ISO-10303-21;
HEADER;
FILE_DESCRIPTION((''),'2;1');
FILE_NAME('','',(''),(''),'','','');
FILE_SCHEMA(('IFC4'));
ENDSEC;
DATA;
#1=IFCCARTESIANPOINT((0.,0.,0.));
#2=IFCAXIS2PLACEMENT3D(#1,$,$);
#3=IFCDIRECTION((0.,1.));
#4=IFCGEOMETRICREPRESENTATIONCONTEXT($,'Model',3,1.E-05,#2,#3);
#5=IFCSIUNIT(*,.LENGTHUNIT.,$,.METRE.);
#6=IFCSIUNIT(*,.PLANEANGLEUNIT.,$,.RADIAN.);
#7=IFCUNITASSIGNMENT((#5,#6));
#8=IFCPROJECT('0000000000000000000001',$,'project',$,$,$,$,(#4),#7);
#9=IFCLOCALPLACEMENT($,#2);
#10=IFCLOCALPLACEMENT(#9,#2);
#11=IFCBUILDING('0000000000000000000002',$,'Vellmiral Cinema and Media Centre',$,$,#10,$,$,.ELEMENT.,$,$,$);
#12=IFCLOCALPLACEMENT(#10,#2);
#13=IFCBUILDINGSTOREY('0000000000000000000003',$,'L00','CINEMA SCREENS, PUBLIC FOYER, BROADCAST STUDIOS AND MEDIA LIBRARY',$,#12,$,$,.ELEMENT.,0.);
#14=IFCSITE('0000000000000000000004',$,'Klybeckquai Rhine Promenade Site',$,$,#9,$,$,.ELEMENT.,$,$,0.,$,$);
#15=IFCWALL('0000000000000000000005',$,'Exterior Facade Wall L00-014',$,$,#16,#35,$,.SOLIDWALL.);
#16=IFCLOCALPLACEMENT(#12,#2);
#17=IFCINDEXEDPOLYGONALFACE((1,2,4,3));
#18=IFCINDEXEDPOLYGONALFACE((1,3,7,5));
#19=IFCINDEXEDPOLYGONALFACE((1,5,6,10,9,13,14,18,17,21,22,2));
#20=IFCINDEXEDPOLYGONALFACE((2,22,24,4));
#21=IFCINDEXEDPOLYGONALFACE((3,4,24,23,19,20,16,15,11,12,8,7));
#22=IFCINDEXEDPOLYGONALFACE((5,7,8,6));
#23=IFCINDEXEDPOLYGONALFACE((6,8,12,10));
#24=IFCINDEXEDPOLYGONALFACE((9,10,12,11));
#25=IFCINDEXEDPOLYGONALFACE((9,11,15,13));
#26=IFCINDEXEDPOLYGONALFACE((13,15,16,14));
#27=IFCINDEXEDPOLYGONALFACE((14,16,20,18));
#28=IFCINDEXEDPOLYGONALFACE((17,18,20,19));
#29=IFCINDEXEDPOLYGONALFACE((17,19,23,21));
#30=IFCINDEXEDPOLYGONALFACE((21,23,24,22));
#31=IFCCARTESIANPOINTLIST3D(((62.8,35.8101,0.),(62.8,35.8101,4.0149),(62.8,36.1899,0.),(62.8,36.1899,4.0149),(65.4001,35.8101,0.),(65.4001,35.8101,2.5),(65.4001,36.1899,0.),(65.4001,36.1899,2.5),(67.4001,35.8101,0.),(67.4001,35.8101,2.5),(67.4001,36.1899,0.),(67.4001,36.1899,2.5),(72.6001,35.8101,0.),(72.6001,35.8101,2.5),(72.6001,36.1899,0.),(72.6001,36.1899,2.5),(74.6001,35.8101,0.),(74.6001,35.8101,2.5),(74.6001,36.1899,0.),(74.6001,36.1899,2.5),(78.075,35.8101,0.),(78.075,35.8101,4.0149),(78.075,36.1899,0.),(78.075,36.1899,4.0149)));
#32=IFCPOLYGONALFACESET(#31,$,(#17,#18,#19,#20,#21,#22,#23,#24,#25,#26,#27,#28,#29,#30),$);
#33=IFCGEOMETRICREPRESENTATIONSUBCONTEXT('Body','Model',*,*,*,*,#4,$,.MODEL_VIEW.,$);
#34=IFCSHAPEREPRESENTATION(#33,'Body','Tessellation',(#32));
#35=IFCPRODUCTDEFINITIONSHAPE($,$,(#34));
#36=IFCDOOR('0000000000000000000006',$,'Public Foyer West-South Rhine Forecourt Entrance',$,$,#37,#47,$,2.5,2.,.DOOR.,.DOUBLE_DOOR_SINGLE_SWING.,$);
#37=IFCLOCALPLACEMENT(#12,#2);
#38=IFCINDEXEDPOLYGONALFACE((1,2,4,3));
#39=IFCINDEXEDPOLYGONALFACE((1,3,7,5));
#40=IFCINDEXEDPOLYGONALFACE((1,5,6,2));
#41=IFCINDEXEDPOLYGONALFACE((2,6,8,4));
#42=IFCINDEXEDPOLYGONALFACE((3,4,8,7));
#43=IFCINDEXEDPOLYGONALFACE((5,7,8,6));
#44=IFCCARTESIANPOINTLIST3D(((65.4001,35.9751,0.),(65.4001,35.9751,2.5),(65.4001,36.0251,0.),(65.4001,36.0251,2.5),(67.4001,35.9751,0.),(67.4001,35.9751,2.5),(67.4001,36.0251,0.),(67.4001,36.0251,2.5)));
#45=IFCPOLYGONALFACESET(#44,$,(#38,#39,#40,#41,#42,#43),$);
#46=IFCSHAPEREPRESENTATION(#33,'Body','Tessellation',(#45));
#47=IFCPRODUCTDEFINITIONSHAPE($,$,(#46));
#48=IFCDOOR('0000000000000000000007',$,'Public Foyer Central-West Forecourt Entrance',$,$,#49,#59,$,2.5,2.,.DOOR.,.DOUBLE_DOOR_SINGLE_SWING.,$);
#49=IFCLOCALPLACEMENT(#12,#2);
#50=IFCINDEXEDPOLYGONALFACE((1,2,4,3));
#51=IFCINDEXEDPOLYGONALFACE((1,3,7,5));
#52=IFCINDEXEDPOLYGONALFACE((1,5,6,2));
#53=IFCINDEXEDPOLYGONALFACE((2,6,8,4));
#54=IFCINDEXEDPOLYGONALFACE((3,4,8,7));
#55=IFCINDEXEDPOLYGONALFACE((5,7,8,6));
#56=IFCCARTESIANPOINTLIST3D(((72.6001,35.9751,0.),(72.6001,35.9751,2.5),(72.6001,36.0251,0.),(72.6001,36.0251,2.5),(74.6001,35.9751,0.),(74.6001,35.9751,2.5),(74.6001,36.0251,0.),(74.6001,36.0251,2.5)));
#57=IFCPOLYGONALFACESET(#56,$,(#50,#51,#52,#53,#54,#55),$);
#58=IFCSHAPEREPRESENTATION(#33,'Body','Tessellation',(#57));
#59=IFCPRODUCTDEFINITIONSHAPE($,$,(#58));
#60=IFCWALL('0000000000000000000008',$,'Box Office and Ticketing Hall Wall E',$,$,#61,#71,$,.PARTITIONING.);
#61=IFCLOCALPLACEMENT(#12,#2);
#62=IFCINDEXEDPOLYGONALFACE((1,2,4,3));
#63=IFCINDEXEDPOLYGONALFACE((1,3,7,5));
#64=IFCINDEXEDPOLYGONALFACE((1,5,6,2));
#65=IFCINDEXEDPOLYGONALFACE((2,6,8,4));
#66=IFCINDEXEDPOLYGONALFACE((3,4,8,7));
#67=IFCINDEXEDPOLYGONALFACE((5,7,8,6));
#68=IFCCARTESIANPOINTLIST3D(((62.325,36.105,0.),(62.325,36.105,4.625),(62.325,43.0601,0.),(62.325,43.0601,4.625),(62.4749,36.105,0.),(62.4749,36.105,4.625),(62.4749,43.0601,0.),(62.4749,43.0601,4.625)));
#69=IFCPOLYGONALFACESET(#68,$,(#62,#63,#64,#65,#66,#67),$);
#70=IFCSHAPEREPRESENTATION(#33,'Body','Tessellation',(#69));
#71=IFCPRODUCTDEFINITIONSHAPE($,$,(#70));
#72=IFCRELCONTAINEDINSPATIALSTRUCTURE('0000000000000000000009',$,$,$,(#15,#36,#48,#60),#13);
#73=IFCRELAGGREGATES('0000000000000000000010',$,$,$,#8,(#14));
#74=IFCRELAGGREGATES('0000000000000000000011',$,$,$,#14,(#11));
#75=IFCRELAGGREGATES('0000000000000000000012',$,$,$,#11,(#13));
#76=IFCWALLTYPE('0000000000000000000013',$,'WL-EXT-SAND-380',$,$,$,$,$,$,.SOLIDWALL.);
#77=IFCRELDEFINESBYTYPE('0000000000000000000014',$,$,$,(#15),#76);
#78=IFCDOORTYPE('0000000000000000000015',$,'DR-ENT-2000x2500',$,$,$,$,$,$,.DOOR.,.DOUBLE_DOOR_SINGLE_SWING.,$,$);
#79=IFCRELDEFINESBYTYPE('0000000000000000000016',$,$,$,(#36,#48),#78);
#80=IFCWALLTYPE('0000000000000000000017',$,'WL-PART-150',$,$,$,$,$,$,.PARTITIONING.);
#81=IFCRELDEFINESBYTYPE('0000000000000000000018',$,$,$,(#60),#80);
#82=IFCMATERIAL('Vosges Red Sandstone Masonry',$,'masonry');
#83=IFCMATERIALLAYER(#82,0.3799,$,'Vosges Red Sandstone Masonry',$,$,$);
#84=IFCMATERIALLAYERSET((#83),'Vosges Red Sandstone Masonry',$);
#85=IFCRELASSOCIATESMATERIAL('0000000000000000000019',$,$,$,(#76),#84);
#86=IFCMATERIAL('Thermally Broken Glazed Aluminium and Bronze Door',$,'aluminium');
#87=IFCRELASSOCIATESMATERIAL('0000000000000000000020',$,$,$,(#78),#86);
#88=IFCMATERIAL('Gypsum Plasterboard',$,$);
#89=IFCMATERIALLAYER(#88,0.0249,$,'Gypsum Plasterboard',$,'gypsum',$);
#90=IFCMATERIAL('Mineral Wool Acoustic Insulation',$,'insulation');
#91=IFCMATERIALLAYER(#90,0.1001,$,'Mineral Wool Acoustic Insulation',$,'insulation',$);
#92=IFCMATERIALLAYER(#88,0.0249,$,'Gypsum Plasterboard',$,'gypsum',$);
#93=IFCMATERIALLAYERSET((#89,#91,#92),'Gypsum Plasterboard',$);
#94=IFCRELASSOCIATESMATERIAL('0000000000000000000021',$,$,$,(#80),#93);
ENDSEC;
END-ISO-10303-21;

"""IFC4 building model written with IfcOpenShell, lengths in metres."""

from ifc_helpers import new_model, si_unit, direction, frame, frame_2d, origin, place, context, subcontext, project, spatial, rectangle, extrude, material, layer, layer_set, type_object, element, fill, save


model = new_model("IFC4")

# Units and contexts
model_context = context("Model", 3, precision=1e-05, world=origin(), true_north=direction((0.0, 1.0)))
body_context = subcontext(model_context, "Body", "Model", "MODEL_VIEW")
ifc_project = project(units=[si_unit("LENGTHUNIT", "METRE"), si_unit("PLANEANGLEUNIT", "RADIAN")], contexts=[model_context])

# Site, building, storey
site_placement = place(None, origin())
site = spatial("IfcSite", under=ifc_project, at=site_placement, Name="Klybeckquai Rhine Promenade Site", CompositionType="ELEMENT", RefElevation=0.0)
building_placement = place(site_placement, origin())
building = spatial("IfcBuilding", under=site, at=building_placement, Name="Vellmiral Cinema and Media Centre", CompositionType="ELEMENT")
storey_placement = place(building_placement, origin())
storey = spatial("IfcBuildingStorey", under=building, at=storey_placement, Name="L00", Description="CINEMA SCREENS, PUBLIC FOYER, BROADCAST STUDIOS AND MEDIA LIBRARY", CompositionType="ELEMENT", Elevation=0.0)

# Wall, openings, doors
ifc_material_1 = material(Name="Vosges Red Sandstone Masonry", Category="masonry")
ifc_layer_1 = layer(ifc_material_1, 0.3799, Name="Vosges Red Sandstone Masonry")
ifc_layer_set_1 = layer_set([ifc_layer_1], Name="Vosges Red Sandstone Masonry")
wall_type_1 = type_object("IfcWallType", Name="WL-EXT-SAND-380", PredefinedType="SOLIDWALL", material=ifc_layer_set_1)
wall_1_placement = place(storey_placement, frame((62.8, 36.0, 0.0), z_axis=(0.0, 0.0, 1.0), x_axis=(1.0, 0.0, 0.0)))
wall_1 = element("IfcWall", 1, at=wall_1_placement, inside=storey, type_object=wall_type_1, Name="Exterior Facade Wall L00-014", PredefinedType="SOLIDWALL", context=body_context, shape_type="SweptSolid", body=[
    extrude(rectangle(XDim=15.2749, YDim=0.3799, at=frame_2d((7.6375, 0.0))), origin(), (0.0, 0.0, 1.0), 4.0149),
])
opening_1_placement = place(wall_1_placement, frame((2.6001, 0.0, 0.0)))
opening_1 = element("IfcOpeningElement", 2, at=opening_1_placement, cuts=wall_1, PredefinedType="OPENING", context=body_context, shape_type="SweptSolid", body=[
    extrude(rectangle(XDim=2.0, YDim=2.5, at=frame_2d((1.0, 1.25))), frame((0.0, 0.2019, 0.0), z_axis=(0.0, -1.0, 0.0), x_axis=(1.0, 0.0, 0.0)), (0.0, 0.0, 1.0), 0.4038),
])
opening_2_placement = place(wall_1_placement, frame((9.8, 0.0, 0.0)))
opening_2 = element("IfcOpeningElement", 3, at=opening_2_placement, cuts=wall_1, PredefinedType="OPENING", context=body_context, shape_type="SweptSolid", body=[
    extrude(rectangle(XDim=2.0, YDim=2.5, at=frame_2d((1.0, 1.25))), frame((0.0, 0.2019, 0.0), z_axis=(0.0, -1.0, 0.0), x_axis=(1.0, 0.0, 0.0)), (0.0, 0.0, 1.0), 0.4038),
])
ifc_material_2 = material(Name="Thermally Broken Glazed Aluminium and Bronze Door", Category="aluminium")
door_type = type_object("IfcDoorType", Name="DR-ENT-2000x2500", OperationType="DOUBLE_DOOR_SINGLE_SWING", PredefinedType="DOOR", material=ifc_material_2)
door_1_placement = place(opening_1_placement, frame((2.0, 0.0, 0.0), z_axis=(0.0, 0.0, 1.0), x_axis=(-1.0, 0.0, 0.0)))
door_1 = element("IfcDoor", 4, at=door_1_placement, inside=storey, type_object=door_type, Name="Public Foyer West-South Rhine Forecourt Entrance", OperationType="DOUBLE_DOOR_SINGLE_SWING", OverallHeight=2.5, OverallWidth=2.0, PredefinedType="DOOR", context=body_context, shape_type="SweptSolid", body=[
    extrude(rectangle(XDim=2.0, YDim=2.5, at=frame_2d((1.0, 1.25))), frame((0.0, 0.0249, 0.0), z_axis=(0.0, -1.0, 0.0), x_axis=(1.0, 0.0, 0.0)), (0.0, 0.0, 1.0), 0.05),
])
fill(opening_1, door_1)
door_2_placement = place(opening_2_placement, frame((2.0, 0.0, 0.0), z_axis=(0.0, 0.0, 1.0), x_axis=(-1.0, 0.0, 0.0)))
door_2 = element("IfcDoor", 5, at=door_2_placement, inside=storey, type_object=door_type, Name="Public Foyer Central-West Forecourt Entrance", OperationType="DOUBLE_DOOR_SINGLE_SWING", OverallHeight=2.5, OverallWidth=2.0, PredefinedType="DOOR", context=body_context, shape_type="SweptSolid", body=[
    extrude(rectangle(XDim=2.0, YDim=2.5, at=frame_2d((1.0, 1.25))), frame((0.0, 0.0249, 0.0), z_axis=(0.0, -1.0, 0.0), x_axis=(1.0, 0.0, 0.0)), (0.0, 0.0, 1.0), 0.05),
])
fill(opening_2, door_2)

# Wall
ifc_material_3 = material(Name="Gypsum Plasterboard")
ifc_layer_2 = layer(ifc_material_3, 0.0249, Name="Gypsum Plasterboard", Category="gypsum")
ifc_material_4 = material(Name="Mineral Wool Acoustic Insulation", Category="insulation")
ifc_layer_3 = layer(ifc_material_4, 0.1001, Name="Mineral Wool Acoustic Insulation", Category="insulation")
ifc_layer_4 = layer(ifc_material_3, 0.0249, Name="Gypsum Plasterboard", Category="gypsum")
ifc_layer_set_2 = layer_set([ifc_layer_2, ifc_layer_3, ifc_layer_4], Name="Gypsum Plasterboard")
wall_type_2 = type_object("IfcWallType", Name="WL-PART-150", PredefinedType="PARTITIONING", material=ifc_layer_set_2)
wall_2_placement = place(storey_placement, frame((62.3999, 36.105, 0.0), z_axis=(0.0, 0.0, 1.0), x_axis=(0.0, 1.0, 0.0)))
element("IfcWall", 6, at=wall_2_placement, inside=storey, type_object=wall_type_2, Name="Box Office and Ticketing Hall Wall E", PredefinedType="PARTITIONING", context=body_context, shape_type="SweptSolid", body=[
    extrude(rectangle(XDim=6.9551, YDim=0.1499, at=frame_2d((3.4775, 0.0))), origin(), (0.0, 0.0, 1.0), 4.625),
])

save(model, "model.ifc")
